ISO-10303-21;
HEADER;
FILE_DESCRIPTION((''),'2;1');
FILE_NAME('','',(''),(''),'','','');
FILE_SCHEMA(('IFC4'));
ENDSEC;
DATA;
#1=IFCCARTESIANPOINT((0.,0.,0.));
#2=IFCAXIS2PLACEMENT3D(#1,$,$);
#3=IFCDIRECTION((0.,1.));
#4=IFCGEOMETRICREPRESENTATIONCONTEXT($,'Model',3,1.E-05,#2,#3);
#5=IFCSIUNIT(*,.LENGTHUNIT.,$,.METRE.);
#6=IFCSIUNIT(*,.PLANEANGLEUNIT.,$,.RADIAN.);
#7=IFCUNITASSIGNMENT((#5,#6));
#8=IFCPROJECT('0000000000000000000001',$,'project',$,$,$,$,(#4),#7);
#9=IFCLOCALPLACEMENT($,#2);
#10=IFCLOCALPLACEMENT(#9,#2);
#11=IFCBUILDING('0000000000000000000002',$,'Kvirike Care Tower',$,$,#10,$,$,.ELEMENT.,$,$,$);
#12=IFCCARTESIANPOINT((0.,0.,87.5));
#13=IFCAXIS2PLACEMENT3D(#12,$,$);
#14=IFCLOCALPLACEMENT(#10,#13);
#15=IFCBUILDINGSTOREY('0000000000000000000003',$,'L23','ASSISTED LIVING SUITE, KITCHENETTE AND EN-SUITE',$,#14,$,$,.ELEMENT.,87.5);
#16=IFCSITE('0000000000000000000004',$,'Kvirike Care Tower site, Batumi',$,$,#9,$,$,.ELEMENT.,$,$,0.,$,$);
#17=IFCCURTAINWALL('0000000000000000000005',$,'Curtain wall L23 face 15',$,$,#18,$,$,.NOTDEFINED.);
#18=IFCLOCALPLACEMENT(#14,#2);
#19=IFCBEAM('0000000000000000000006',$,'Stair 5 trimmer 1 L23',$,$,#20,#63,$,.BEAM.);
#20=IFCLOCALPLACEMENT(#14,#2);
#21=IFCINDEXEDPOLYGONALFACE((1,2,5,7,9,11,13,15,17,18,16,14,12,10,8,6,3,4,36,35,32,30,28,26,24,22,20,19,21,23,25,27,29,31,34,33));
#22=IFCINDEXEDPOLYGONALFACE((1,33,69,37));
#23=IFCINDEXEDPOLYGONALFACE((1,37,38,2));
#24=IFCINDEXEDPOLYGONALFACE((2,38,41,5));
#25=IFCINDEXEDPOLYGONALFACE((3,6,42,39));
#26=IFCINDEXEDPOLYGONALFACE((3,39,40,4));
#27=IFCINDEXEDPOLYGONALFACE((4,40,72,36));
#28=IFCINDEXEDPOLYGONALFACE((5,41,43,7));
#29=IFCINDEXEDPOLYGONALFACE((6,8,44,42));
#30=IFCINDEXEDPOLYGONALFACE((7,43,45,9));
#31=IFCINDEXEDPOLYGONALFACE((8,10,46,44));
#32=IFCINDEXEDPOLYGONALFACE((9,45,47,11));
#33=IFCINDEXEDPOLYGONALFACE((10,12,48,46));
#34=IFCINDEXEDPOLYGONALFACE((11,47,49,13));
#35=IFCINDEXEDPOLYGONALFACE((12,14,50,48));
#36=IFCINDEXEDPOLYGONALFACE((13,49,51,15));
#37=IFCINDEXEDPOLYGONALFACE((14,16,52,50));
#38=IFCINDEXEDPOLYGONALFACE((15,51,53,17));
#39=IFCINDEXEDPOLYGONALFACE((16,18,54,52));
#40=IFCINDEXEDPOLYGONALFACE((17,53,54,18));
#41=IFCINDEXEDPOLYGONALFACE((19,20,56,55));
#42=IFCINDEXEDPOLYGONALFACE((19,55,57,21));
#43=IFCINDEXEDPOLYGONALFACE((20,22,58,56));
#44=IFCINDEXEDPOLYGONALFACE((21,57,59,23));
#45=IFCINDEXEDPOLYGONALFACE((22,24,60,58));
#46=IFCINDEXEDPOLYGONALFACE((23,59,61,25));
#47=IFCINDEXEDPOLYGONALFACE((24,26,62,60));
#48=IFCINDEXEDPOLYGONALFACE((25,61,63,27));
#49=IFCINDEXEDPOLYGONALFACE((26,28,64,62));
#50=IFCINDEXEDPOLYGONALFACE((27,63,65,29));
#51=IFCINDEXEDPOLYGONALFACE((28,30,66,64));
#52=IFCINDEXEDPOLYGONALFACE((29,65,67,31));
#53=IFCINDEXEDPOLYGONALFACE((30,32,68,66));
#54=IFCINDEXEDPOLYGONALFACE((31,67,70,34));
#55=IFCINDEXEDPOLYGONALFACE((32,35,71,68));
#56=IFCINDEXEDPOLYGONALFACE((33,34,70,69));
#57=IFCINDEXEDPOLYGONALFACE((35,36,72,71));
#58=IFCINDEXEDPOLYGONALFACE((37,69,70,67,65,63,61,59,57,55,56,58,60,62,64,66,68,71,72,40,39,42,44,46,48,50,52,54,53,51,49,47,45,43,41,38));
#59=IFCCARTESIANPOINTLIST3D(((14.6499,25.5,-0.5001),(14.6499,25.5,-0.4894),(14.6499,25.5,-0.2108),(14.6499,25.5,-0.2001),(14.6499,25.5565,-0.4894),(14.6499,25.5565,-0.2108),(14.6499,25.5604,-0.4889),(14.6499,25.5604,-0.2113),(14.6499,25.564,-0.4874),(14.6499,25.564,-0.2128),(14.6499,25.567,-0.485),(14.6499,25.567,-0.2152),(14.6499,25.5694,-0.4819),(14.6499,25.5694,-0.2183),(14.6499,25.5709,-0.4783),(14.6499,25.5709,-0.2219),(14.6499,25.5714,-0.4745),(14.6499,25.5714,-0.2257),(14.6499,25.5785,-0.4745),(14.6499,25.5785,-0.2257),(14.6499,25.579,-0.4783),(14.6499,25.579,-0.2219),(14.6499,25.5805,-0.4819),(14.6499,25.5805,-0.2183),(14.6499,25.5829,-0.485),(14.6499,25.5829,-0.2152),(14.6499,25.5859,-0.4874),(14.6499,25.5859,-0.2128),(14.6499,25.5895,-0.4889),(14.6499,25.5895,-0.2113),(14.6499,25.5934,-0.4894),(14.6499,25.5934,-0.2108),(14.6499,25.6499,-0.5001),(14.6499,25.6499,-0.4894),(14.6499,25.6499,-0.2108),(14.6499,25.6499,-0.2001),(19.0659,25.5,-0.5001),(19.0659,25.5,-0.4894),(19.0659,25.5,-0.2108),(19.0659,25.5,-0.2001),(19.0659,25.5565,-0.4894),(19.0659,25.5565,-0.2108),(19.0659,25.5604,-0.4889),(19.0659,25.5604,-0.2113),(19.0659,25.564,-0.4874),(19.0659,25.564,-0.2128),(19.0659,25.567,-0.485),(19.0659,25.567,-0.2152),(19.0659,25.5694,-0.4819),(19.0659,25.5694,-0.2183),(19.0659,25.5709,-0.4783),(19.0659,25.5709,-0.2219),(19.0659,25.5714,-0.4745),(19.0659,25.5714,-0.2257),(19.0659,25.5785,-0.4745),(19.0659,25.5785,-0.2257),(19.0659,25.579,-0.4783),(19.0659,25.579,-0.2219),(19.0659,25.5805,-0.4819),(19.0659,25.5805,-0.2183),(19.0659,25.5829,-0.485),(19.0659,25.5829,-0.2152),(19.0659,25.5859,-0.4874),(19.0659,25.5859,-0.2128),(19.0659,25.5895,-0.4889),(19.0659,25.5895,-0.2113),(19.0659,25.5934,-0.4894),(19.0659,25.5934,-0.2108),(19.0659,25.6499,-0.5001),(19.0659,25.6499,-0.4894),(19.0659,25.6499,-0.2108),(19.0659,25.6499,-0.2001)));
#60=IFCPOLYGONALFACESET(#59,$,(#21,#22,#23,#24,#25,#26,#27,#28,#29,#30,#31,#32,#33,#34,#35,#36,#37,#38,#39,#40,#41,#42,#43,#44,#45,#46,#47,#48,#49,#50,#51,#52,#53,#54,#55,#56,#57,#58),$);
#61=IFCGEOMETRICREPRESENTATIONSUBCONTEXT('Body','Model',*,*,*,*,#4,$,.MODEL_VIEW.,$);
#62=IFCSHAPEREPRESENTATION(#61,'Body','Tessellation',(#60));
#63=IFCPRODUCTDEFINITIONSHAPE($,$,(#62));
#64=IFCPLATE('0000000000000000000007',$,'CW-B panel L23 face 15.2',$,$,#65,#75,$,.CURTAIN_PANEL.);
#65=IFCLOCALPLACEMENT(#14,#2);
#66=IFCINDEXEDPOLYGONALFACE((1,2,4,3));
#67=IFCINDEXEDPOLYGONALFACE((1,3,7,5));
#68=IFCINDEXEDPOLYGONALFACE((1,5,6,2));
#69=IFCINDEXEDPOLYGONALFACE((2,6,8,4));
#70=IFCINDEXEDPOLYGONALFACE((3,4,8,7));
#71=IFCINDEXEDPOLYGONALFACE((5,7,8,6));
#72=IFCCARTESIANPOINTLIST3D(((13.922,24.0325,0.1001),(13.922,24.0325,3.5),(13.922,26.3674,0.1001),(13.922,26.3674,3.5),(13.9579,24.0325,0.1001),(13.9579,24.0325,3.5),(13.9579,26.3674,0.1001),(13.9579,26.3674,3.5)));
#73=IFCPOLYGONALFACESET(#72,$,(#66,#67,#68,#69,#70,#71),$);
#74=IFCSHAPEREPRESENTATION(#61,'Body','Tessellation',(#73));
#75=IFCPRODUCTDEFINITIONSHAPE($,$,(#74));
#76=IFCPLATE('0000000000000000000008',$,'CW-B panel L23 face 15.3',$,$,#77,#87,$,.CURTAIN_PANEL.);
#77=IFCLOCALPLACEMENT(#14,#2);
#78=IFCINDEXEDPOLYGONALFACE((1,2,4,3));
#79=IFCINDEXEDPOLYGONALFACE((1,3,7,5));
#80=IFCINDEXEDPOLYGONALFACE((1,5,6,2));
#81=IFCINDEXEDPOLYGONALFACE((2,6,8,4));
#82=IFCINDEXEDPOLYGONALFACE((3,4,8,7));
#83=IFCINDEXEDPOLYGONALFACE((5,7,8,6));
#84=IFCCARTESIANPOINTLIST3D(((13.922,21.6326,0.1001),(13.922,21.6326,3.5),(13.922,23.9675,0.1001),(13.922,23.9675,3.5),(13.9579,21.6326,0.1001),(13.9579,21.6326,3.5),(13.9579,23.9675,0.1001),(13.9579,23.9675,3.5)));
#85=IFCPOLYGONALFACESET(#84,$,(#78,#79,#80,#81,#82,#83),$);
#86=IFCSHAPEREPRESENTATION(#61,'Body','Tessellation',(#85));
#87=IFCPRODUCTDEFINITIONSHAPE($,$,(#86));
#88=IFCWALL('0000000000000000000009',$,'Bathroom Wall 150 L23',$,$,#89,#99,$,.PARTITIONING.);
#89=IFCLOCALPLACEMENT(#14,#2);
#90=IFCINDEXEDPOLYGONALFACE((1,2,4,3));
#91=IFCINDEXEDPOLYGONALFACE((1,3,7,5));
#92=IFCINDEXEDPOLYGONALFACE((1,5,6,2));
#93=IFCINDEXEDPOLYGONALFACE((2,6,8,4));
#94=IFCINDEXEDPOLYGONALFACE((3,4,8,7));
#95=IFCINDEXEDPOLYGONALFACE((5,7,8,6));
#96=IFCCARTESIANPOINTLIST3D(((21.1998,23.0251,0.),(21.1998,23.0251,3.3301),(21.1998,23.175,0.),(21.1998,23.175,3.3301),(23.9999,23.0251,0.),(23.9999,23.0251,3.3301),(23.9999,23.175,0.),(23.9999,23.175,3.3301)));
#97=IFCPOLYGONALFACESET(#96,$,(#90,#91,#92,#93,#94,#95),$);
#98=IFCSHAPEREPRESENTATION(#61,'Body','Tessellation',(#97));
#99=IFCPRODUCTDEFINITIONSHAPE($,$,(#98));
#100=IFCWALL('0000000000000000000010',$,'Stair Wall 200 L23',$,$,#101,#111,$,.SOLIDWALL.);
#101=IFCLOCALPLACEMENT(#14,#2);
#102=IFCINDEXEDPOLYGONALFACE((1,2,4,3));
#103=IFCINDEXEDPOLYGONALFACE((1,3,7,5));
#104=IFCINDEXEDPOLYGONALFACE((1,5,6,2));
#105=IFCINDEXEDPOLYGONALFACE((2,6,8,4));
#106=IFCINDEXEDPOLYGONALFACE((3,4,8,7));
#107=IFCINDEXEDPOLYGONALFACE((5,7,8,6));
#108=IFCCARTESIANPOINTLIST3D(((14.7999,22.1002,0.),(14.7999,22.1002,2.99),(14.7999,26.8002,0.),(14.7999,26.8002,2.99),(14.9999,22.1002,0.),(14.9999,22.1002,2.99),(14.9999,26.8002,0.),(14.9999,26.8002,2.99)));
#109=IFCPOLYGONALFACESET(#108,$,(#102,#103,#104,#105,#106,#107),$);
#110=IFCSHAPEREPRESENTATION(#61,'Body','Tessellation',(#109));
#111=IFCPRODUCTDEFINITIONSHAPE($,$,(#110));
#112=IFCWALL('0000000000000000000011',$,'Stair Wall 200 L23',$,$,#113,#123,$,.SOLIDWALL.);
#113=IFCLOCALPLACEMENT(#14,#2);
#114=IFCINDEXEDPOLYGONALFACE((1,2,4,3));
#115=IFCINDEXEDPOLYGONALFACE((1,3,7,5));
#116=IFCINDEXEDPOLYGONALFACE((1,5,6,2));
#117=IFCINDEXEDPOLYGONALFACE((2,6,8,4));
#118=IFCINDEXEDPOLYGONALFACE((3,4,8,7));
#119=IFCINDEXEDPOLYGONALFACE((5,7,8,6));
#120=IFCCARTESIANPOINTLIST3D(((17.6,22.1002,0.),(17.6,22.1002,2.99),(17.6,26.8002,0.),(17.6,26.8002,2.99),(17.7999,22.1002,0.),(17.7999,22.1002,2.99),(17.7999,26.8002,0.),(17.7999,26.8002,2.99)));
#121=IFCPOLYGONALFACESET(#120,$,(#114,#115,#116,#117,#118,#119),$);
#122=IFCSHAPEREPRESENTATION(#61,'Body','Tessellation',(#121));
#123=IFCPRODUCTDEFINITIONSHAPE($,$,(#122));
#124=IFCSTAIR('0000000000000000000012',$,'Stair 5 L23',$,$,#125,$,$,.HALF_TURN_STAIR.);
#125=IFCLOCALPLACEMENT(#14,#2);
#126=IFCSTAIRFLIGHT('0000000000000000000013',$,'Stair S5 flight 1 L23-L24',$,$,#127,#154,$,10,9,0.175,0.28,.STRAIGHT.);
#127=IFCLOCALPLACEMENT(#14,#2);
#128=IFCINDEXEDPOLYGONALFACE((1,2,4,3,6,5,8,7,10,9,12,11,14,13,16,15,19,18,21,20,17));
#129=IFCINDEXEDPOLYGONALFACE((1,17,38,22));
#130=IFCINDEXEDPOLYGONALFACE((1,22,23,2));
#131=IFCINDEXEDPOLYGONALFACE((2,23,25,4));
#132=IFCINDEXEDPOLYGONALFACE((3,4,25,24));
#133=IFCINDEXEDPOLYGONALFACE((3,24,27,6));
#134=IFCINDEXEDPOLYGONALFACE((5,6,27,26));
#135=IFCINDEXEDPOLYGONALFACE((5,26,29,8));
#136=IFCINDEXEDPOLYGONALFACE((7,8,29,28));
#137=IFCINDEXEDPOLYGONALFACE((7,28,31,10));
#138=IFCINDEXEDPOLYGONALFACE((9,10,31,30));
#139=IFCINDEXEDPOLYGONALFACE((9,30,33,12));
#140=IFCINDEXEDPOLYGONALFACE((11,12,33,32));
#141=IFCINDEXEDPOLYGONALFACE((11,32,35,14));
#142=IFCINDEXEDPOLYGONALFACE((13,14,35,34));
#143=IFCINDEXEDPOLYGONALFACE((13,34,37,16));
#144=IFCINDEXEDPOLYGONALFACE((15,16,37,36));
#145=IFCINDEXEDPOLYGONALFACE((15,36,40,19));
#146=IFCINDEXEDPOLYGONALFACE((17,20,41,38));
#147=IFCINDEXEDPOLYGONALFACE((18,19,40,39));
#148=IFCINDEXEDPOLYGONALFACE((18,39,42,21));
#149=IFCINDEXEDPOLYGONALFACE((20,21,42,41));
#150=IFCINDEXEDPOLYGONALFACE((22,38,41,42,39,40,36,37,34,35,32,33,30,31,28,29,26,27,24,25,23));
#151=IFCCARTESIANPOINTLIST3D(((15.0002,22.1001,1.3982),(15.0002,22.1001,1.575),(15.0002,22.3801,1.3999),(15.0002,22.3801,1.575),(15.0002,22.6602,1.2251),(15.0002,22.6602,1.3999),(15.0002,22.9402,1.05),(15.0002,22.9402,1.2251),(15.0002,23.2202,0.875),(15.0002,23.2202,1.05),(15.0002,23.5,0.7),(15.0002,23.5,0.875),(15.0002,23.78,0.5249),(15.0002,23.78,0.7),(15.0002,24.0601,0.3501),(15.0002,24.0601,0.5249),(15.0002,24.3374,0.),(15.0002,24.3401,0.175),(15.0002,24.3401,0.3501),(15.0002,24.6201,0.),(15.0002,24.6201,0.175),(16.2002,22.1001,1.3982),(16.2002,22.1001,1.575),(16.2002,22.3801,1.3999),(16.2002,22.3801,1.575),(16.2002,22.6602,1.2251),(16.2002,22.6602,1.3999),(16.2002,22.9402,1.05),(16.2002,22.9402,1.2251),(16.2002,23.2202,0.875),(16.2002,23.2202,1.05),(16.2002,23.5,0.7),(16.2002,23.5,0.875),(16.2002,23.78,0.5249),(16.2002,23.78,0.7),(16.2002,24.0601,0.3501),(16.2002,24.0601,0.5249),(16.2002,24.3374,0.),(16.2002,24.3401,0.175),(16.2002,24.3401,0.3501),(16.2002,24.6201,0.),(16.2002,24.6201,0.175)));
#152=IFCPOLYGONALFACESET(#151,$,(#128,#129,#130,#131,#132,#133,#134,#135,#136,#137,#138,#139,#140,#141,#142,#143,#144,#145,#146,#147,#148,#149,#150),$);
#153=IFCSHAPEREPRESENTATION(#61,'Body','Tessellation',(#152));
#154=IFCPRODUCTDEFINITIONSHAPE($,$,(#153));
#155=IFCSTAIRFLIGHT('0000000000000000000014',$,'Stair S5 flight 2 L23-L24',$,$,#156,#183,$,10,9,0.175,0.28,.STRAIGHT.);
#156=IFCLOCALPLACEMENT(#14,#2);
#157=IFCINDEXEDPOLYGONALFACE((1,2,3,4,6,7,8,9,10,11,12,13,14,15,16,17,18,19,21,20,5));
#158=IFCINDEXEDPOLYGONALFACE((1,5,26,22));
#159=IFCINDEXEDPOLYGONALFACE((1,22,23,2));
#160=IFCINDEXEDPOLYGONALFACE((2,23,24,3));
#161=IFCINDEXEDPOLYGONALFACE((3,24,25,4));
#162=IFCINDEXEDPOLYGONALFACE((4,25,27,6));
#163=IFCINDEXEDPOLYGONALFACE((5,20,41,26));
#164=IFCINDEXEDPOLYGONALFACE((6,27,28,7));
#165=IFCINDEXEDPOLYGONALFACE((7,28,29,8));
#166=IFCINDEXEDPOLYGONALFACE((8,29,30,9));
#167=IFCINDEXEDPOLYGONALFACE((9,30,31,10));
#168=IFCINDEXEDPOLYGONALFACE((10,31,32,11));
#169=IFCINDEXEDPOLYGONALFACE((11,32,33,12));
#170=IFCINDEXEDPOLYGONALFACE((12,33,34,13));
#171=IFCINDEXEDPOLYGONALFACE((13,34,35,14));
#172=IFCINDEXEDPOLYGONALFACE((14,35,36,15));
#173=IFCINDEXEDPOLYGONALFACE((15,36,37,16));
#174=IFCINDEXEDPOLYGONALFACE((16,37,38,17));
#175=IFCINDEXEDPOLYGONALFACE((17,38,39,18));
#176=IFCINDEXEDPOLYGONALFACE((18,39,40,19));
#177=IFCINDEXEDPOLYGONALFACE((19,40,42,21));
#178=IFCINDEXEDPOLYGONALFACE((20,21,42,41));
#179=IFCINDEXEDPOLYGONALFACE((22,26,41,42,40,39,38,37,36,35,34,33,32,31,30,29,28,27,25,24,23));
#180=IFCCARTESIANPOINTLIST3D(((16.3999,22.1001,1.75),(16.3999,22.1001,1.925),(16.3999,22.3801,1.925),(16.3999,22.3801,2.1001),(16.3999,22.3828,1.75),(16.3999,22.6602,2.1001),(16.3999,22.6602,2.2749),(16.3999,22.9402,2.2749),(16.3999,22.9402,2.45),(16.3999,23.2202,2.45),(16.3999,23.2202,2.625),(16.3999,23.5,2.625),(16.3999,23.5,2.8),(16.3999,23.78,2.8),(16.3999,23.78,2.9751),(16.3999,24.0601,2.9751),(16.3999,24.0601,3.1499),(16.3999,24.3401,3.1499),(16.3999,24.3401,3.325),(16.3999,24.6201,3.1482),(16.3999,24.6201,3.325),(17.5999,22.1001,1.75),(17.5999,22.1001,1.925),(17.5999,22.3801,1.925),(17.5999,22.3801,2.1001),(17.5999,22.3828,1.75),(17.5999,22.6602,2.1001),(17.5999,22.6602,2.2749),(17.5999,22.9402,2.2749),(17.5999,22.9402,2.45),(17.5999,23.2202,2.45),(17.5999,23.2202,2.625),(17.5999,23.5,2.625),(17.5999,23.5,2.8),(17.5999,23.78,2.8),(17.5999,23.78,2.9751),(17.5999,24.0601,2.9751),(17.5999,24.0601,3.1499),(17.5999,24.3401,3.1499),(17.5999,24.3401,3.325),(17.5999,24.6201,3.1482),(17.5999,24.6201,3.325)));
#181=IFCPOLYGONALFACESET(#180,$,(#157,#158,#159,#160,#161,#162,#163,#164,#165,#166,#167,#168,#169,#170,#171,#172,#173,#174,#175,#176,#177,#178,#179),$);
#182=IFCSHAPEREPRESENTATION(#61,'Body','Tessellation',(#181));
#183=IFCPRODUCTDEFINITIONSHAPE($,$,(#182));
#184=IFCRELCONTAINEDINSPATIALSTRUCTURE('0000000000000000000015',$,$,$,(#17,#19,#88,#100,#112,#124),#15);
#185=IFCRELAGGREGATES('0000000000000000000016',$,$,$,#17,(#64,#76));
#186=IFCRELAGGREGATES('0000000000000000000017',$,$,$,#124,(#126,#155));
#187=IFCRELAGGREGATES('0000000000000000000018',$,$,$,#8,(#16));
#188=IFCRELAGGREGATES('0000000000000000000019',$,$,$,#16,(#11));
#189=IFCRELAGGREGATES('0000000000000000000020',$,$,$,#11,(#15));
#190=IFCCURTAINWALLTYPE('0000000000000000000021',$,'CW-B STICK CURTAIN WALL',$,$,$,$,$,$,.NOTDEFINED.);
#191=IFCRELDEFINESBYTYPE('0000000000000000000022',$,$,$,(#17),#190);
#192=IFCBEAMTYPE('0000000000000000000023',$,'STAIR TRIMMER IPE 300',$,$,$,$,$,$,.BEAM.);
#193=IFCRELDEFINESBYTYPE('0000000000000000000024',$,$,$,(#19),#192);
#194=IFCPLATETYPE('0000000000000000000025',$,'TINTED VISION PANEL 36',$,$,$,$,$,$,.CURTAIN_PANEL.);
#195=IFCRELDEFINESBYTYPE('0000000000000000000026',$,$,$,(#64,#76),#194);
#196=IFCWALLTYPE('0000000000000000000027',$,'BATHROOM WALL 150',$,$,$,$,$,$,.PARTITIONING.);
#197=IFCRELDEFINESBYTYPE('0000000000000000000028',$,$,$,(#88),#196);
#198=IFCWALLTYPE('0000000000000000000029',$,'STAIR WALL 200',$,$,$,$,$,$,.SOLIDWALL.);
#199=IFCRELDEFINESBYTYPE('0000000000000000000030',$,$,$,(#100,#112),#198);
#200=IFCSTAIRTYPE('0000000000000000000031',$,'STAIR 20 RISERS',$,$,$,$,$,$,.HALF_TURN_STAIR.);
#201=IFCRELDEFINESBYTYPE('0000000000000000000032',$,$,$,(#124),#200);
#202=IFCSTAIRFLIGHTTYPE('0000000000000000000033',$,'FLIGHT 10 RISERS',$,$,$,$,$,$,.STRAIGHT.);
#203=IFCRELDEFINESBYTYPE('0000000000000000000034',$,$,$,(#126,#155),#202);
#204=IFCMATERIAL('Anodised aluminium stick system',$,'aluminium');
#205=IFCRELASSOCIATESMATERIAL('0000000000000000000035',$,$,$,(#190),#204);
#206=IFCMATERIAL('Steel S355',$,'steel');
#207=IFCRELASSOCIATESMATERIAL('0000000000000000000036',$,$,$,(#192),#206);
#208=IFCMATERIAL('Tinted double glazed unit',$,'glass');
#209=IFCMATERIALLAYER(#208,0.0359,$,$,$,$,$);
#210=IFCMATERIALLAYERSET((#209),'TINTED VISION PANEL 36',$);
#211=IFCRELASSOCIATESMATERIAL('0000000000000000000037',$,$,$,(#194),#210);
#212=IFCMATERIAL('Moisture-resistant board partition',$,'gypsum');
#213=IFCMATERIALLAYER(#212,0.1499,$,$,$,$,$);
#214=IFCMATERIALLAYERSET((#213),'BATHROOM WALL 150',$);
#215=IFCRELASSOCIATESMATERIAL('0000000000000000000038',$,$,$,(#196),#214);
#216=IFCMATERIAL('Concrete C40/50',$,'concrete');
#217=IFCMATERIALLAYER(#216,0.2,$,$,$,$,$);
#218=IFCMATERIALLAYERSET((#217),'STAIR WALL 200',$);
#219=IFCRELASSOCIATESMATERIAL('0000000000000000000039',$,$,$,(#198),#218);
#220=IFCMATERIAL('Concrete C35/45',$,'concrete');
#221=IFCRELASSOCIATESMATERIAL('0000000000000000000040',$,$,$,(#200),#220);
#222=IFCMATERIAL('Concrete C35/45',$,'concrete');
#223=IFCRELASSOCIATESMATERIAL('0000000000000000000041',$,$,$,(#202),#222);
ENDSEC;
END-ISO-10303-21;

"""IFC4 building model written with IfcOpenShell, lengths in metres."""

from ifc_helpers import new_model, si_unit, direction, frame, frame_2d, origin, origin_2d, place, context, subcontext, project, spatial, polyline, rectangle, i_section, outline, extrude, material, layer, layer_set, material_profile, profile_set, type_object, element, aggregate, save


model = new_model("IFC4")

# Units and contexts
model_context = context("Model", 3, precision=1e-05, world=origin(), true_north=direction((0.0, 1.0)))
body_context = subcontext(model_context, "Body", "Model", "MODEL_VIEW")
ifc_project = project(units=[si_unit("LENGTHUNIT", "METRE"), si_unit("PLANEANGLEUNIT", "RADIAN")], contexts=[model_context])

# Site, building, storey
site_placement = place(None, origin())
site = spatial("IfcSite", under=ifc_project, at=site_placement, Name="Kvirike Care Tower site, Batumi", CompositionType="ELEMENT", RefElevation=0.0)
building_placement = place(site_placement, origin())
building = spatial("IfcBuilding", under=site, at=building_placement, Name="Kvirike Care Tower", CompositionType="ELEMENT")
storey_placement = place(building_placement, frame((0.0, 0.0, 87.5)))
storey = spatial("IfcBuildingStorey", under=building, at=storey_placement, Name="L23", Description="ASSISTED LIVING SUITE, KITCHENETTE AND EN-SUITE", CompositionType="ELEMENT", Elevation=87.5)

# Curtain wall
ifc_material_1 = material(Name="Anodised aluminium stick system", Category="aluminium")
curtain_wall_type = type_object("IfcCurtainWallType", Name="CW-B STICK CURTAIN WALL", PredefinedType="NOTDEFINED", material=ifc_material_1)
curtain_wall_placement = place(storey_placement, origin())
curtain_wall = element("IfcCurtainWall", 1, at=curtain_wall_placement, inside=storey, type_object=curtain_wall_type, Name="Curtain wall L23 face 15", PredefinedType="NOTDEFINED")

# Beam
ifc_material_2 = material(Name="Steel S355", Category="steel")
ifc_material_profile_1 = material_profile(ifc_material_2, i_section(OverallWidth=0.1499, OverallDepth=0.3, WebThickness=0.0071, FlangeThickness=0.0107, FilletRadius=0.0149, at=origin_2d()), Name="IPE 300")
ifc_profile_set_1 = profile_set([ifc_material_profile_1], Name="Steel S355")
beam_type_1 = type_object("IfcBeamType", Name="STAIR TRIMMER IPE 300", PredefinedType="BEAM", material=ifc_profile_set_1)
beam_1_placement = place(storey_placement, frame((14.6499, 25.575, -0.3501), z_axis=(1.0, 0.0, 0.0), x_axis=(0.0, 1.0, 0.0)))
element("IfcBeam", 2, at=beam_1_placement, inside=storey, type_object=beam_type_1, Name="Stair 5 trimmer 1 L23", PredefinedType="BEAM", context=body_context, shape_type="SweptSolid", body=[
    extrude(i_section(OverallWidth=0.1499, OverallDepth=0.3, WebThickness=0.0071, FlangeThickness=0.0107, FilletRadius=0.0149, at=origin_2d()), origin(), (0.0, 0.0, 1.0), 4.416),
])

# Plates
ifc_material_3 = material(Name="Tinted double glazed unit", Category="glass")
ifc_layer_1 = layer(ifc_material_3, 0.0359)
ifc_layer_set_1 = layer_set([ifc_layer_1], Name="TINTED VISION PANEL 36")
plate_type = type_object("IfcPlateType", Name="TINTED VISION PANEL 36", PredefinedType="CURTAIN_PANEL", material=ifc_layer_set_1)
plate_1_placement = place(storey_placement, frame((13.9399, 25.2, 0.1001), z_axis=(0.0, 0.0, 1.0), x_axis=(0.0, -1.0, 0.0)))
plate_1 = element("IfcPlate", 3, at=plate_1_placement, type_object=plate_type, Name="CW-B panel L23 face 15.2", PredefinedType="CURTAIN_PANEL", context=body_context, shape_type="SweptSolid", body=[
    extrude(rectangle(XDim=2.335, YDim=0.0359, at=origin_2d()), origin(), (0.0, 0.0, 1.0), 3.3999),
])
plate_2_placement = place(storey_placement, frame((13.9399, 22.8, 0.1001), z_axis=(0.0, 0.0, 1.0), x_axis=(0.0, -1.0, 0.0)))
plate_2 = element("IfcPlate", 4, at=plate_2_placement, type_object=plate_type, Name="CW-B panel L23 face 15.3", PredefinedType="CURTAIN_PANEL", context=body_context, shape_type="SweptSolid", body=[
    extrude(rectangle(XDim=2.335, YDim=0.0359, at=origin_2d()), origin(), (0.0, 0.0, 1.0), 3.3999),
])
aggregate(curtain_wall, [plate_1, plate_2])

# Walls
ifc_material_4 = material(Name="Moisture-resistant board partition", Category="gypsum")
ifc_layer_2 = layer(ifc_material_4, 0.1499)
ifc_layer_set_2 = layer_set([ifc_layer_2], Name="BATHROOM WALL 150")
wall_type_1 = type_object("IfcWallType", Name="BATHROOM WALL 150", PredefinedType="PARTITIONING", material=ifc_layer_set_2)
wall_placement = place(storey_placement, frame((21.2, 23.1001, 0.0), z_axis=(0.0, 0.0, 1.0), x_axis=(1.0, 0.0, 0.0)))
element("IfcWall", 5, at=wall_placement, inside=storey, type_object=wall_type_1, Name="Bathroom Wall 150 L23", PredefinedType="PARTITIONING", context=body_context, shape_type="SweptSolid", body=[
    extrude(rectangle(XDim=2.8, YDim=0.1499, at=frame_2d((1.3999, 0.0))), origin(), (0.0, 0.0, 1.0), 3.3301),
])
ifc_material_5 = material(Name="Concrete C40/50", Category="concrete")
ifc_layer_3 = layer(ifc_material_5, 0.2)
ifc_layer_set_3 = layer_set([ifc_layer_3], Name="STAIR WALL 200")
wall_type_2 = type_object("IfcWallType", Name="STAIR WALL 200", PredefinedType="SOLIDWALL", material=ifc_layer_set_3)
for number, where, z_axis, x_axis, name in (
    (6, (14.8999, 22.1001, 0.0), (0.0, 0.0, 1.0), (0.0, 1.0, 0.0), "Stair Wall 200 L23"),
    (7, (17.7, 22.1001, 0.0), (0.0, 0.0, 1.0), (0.0, 1.0, 0.0), "Stair Wall 200 L23"),
):
    element("IfcWall", number, at=place(storey_placement, frame(where, z_axis=z_axis, x_axis=x_axis)), inside=storey, type_object=wall_type_2, Name=name, PredefinedType="SOLIDWALL", context=body_context, shape_type="SweptSolid", body=[
        extrude(rectangle(XDim=4.7, YDim=0.2, at=frame_2d((2.3501, 0.0))), origin(), (0.0, 0.0, 1.0), 2.99),
    ])

# Stair, stair flights
ifc_material_6 = material(Name="Concrete C35/45", Category="concrete")
stair_type = type_object("IfcStairType", Name="STAIR 20 RISERS", PredefinedType="HALF_TURN_STAIR", material=ifc_material_6)
stair_placement = place(storey_placement, origin())
stair = element("IfcStair", 8, at=stair_placement, inside=storey, type_object=stair_type, Name="Stair 5 L23", PredefinedType="HALF_TURN_STAIR")
ifc_material_7 = material(Name="Concrete C35/45", Category="concrete")
stair_flight_type = type_object("IfcStairFlightType", Name="FLIGHT 10 RISERS", PredefinedType="STRAIGHT", material=ifc_material_7)
stair_flight_1_placement = place(storey_placement, frame((15.6001, 24.6201, 0.0), z_axis=(0.0, 0.0, 1.0), x_axis=(0.0, -1.0, 0.0)))
stair_flight_1 = element("IfcStairFlight", 9, at=stair_flight_1_placement, type_object=stair_flight_type, Name="Stair S5 flight 1 L23-L24", NumberOfRisers=10, NumberOfTreads=9, PredefinedType="STRAIGHT", RiserHeight=0.175, TreadLength=0.28, context=body_context, shape_type="SweptSolid", body=[
    extrude(outline(polyline([(0.0, 0.0), (0.0, 0.175), (0.28, 0.175), (0.28, 0.3501), (0.5601, 0.3501), (0.5601, 0.5249), (0.8401, 0.5249), (0.8401, 0.7), (1.1201, 0.7), (1.1201, 0.875), (1.3999, 0.875), (1.3999, 1.05), (1.6799, 1.05), (1.6799, 1.2251), (1.96, 1.2251), (1.96, 1.3999), (2.24, 1.3999), (2.24, 1.575), (2.52, 1.575), (2.52, 1.75), (2.52, 1.3982), (0.2827, 0.0), (0.0, 0.0)])), frame((0.0, 0.6001, 0.0), z_axis=(0.0, -1.0, 0.0), x_axis=(1.0, 0.0, 0.0)), (0.0, 0.0, 1.0), 1.2),
])
stair_flight_2_placement = place(storey_placement, frame((17.0, 22.1001, 1.75), z_axis=(0.0, 0.0, 1.0), x_axis=(0.0, 1.0, 0.0)))
stair_flight_2 = element("IfcStairFlight", 10, at=stair_flight_2_placement, type_object=stair_flight_type, Name="Stair S5 flight 2 L23-L24", NumberOfRisers=10, NumberOfTreads=9, PredefinedType="STRAIGHT", RiserHeight=0.175, TreadLength=0.28, context=body_context, shape_type="SweptSolid", body=[
    extrude(outline(polyline([(0.0, 0.0), (0.0, 0.175), (0.28, 0.175), (0.28, 0.3501), (0.5601, 0.3501), (0.5601, 0.5249), (0.8401, 0.5249), (0.8401, 0.7), (1.1201, 0.7), (1.1201, 0.875), (1.3999, 0.875), (1.3999, 1.05), (1.6799, 1.05), (1.6799, 1.2251), (1.96, 1.2251), (1.96, 1.3999), (2.24, 1.3999), (2.24, 1.575), (2.52, 1.575), (2.52, 1.75), (2.52, 1.3982), (0.2827, 0.0), (0.0, 0.0)])), frame((0.0, 0.6001, 0.0), z_axis=(0.0, -1.0, 0.0), x_axis=(1.0, 0.0, 0.0)), (0.0, 0.0, 1.0), 1.2),
])
aggregate(stair, [stair_flight_1, stair_flight_2])

save(model, "model.ifc")
